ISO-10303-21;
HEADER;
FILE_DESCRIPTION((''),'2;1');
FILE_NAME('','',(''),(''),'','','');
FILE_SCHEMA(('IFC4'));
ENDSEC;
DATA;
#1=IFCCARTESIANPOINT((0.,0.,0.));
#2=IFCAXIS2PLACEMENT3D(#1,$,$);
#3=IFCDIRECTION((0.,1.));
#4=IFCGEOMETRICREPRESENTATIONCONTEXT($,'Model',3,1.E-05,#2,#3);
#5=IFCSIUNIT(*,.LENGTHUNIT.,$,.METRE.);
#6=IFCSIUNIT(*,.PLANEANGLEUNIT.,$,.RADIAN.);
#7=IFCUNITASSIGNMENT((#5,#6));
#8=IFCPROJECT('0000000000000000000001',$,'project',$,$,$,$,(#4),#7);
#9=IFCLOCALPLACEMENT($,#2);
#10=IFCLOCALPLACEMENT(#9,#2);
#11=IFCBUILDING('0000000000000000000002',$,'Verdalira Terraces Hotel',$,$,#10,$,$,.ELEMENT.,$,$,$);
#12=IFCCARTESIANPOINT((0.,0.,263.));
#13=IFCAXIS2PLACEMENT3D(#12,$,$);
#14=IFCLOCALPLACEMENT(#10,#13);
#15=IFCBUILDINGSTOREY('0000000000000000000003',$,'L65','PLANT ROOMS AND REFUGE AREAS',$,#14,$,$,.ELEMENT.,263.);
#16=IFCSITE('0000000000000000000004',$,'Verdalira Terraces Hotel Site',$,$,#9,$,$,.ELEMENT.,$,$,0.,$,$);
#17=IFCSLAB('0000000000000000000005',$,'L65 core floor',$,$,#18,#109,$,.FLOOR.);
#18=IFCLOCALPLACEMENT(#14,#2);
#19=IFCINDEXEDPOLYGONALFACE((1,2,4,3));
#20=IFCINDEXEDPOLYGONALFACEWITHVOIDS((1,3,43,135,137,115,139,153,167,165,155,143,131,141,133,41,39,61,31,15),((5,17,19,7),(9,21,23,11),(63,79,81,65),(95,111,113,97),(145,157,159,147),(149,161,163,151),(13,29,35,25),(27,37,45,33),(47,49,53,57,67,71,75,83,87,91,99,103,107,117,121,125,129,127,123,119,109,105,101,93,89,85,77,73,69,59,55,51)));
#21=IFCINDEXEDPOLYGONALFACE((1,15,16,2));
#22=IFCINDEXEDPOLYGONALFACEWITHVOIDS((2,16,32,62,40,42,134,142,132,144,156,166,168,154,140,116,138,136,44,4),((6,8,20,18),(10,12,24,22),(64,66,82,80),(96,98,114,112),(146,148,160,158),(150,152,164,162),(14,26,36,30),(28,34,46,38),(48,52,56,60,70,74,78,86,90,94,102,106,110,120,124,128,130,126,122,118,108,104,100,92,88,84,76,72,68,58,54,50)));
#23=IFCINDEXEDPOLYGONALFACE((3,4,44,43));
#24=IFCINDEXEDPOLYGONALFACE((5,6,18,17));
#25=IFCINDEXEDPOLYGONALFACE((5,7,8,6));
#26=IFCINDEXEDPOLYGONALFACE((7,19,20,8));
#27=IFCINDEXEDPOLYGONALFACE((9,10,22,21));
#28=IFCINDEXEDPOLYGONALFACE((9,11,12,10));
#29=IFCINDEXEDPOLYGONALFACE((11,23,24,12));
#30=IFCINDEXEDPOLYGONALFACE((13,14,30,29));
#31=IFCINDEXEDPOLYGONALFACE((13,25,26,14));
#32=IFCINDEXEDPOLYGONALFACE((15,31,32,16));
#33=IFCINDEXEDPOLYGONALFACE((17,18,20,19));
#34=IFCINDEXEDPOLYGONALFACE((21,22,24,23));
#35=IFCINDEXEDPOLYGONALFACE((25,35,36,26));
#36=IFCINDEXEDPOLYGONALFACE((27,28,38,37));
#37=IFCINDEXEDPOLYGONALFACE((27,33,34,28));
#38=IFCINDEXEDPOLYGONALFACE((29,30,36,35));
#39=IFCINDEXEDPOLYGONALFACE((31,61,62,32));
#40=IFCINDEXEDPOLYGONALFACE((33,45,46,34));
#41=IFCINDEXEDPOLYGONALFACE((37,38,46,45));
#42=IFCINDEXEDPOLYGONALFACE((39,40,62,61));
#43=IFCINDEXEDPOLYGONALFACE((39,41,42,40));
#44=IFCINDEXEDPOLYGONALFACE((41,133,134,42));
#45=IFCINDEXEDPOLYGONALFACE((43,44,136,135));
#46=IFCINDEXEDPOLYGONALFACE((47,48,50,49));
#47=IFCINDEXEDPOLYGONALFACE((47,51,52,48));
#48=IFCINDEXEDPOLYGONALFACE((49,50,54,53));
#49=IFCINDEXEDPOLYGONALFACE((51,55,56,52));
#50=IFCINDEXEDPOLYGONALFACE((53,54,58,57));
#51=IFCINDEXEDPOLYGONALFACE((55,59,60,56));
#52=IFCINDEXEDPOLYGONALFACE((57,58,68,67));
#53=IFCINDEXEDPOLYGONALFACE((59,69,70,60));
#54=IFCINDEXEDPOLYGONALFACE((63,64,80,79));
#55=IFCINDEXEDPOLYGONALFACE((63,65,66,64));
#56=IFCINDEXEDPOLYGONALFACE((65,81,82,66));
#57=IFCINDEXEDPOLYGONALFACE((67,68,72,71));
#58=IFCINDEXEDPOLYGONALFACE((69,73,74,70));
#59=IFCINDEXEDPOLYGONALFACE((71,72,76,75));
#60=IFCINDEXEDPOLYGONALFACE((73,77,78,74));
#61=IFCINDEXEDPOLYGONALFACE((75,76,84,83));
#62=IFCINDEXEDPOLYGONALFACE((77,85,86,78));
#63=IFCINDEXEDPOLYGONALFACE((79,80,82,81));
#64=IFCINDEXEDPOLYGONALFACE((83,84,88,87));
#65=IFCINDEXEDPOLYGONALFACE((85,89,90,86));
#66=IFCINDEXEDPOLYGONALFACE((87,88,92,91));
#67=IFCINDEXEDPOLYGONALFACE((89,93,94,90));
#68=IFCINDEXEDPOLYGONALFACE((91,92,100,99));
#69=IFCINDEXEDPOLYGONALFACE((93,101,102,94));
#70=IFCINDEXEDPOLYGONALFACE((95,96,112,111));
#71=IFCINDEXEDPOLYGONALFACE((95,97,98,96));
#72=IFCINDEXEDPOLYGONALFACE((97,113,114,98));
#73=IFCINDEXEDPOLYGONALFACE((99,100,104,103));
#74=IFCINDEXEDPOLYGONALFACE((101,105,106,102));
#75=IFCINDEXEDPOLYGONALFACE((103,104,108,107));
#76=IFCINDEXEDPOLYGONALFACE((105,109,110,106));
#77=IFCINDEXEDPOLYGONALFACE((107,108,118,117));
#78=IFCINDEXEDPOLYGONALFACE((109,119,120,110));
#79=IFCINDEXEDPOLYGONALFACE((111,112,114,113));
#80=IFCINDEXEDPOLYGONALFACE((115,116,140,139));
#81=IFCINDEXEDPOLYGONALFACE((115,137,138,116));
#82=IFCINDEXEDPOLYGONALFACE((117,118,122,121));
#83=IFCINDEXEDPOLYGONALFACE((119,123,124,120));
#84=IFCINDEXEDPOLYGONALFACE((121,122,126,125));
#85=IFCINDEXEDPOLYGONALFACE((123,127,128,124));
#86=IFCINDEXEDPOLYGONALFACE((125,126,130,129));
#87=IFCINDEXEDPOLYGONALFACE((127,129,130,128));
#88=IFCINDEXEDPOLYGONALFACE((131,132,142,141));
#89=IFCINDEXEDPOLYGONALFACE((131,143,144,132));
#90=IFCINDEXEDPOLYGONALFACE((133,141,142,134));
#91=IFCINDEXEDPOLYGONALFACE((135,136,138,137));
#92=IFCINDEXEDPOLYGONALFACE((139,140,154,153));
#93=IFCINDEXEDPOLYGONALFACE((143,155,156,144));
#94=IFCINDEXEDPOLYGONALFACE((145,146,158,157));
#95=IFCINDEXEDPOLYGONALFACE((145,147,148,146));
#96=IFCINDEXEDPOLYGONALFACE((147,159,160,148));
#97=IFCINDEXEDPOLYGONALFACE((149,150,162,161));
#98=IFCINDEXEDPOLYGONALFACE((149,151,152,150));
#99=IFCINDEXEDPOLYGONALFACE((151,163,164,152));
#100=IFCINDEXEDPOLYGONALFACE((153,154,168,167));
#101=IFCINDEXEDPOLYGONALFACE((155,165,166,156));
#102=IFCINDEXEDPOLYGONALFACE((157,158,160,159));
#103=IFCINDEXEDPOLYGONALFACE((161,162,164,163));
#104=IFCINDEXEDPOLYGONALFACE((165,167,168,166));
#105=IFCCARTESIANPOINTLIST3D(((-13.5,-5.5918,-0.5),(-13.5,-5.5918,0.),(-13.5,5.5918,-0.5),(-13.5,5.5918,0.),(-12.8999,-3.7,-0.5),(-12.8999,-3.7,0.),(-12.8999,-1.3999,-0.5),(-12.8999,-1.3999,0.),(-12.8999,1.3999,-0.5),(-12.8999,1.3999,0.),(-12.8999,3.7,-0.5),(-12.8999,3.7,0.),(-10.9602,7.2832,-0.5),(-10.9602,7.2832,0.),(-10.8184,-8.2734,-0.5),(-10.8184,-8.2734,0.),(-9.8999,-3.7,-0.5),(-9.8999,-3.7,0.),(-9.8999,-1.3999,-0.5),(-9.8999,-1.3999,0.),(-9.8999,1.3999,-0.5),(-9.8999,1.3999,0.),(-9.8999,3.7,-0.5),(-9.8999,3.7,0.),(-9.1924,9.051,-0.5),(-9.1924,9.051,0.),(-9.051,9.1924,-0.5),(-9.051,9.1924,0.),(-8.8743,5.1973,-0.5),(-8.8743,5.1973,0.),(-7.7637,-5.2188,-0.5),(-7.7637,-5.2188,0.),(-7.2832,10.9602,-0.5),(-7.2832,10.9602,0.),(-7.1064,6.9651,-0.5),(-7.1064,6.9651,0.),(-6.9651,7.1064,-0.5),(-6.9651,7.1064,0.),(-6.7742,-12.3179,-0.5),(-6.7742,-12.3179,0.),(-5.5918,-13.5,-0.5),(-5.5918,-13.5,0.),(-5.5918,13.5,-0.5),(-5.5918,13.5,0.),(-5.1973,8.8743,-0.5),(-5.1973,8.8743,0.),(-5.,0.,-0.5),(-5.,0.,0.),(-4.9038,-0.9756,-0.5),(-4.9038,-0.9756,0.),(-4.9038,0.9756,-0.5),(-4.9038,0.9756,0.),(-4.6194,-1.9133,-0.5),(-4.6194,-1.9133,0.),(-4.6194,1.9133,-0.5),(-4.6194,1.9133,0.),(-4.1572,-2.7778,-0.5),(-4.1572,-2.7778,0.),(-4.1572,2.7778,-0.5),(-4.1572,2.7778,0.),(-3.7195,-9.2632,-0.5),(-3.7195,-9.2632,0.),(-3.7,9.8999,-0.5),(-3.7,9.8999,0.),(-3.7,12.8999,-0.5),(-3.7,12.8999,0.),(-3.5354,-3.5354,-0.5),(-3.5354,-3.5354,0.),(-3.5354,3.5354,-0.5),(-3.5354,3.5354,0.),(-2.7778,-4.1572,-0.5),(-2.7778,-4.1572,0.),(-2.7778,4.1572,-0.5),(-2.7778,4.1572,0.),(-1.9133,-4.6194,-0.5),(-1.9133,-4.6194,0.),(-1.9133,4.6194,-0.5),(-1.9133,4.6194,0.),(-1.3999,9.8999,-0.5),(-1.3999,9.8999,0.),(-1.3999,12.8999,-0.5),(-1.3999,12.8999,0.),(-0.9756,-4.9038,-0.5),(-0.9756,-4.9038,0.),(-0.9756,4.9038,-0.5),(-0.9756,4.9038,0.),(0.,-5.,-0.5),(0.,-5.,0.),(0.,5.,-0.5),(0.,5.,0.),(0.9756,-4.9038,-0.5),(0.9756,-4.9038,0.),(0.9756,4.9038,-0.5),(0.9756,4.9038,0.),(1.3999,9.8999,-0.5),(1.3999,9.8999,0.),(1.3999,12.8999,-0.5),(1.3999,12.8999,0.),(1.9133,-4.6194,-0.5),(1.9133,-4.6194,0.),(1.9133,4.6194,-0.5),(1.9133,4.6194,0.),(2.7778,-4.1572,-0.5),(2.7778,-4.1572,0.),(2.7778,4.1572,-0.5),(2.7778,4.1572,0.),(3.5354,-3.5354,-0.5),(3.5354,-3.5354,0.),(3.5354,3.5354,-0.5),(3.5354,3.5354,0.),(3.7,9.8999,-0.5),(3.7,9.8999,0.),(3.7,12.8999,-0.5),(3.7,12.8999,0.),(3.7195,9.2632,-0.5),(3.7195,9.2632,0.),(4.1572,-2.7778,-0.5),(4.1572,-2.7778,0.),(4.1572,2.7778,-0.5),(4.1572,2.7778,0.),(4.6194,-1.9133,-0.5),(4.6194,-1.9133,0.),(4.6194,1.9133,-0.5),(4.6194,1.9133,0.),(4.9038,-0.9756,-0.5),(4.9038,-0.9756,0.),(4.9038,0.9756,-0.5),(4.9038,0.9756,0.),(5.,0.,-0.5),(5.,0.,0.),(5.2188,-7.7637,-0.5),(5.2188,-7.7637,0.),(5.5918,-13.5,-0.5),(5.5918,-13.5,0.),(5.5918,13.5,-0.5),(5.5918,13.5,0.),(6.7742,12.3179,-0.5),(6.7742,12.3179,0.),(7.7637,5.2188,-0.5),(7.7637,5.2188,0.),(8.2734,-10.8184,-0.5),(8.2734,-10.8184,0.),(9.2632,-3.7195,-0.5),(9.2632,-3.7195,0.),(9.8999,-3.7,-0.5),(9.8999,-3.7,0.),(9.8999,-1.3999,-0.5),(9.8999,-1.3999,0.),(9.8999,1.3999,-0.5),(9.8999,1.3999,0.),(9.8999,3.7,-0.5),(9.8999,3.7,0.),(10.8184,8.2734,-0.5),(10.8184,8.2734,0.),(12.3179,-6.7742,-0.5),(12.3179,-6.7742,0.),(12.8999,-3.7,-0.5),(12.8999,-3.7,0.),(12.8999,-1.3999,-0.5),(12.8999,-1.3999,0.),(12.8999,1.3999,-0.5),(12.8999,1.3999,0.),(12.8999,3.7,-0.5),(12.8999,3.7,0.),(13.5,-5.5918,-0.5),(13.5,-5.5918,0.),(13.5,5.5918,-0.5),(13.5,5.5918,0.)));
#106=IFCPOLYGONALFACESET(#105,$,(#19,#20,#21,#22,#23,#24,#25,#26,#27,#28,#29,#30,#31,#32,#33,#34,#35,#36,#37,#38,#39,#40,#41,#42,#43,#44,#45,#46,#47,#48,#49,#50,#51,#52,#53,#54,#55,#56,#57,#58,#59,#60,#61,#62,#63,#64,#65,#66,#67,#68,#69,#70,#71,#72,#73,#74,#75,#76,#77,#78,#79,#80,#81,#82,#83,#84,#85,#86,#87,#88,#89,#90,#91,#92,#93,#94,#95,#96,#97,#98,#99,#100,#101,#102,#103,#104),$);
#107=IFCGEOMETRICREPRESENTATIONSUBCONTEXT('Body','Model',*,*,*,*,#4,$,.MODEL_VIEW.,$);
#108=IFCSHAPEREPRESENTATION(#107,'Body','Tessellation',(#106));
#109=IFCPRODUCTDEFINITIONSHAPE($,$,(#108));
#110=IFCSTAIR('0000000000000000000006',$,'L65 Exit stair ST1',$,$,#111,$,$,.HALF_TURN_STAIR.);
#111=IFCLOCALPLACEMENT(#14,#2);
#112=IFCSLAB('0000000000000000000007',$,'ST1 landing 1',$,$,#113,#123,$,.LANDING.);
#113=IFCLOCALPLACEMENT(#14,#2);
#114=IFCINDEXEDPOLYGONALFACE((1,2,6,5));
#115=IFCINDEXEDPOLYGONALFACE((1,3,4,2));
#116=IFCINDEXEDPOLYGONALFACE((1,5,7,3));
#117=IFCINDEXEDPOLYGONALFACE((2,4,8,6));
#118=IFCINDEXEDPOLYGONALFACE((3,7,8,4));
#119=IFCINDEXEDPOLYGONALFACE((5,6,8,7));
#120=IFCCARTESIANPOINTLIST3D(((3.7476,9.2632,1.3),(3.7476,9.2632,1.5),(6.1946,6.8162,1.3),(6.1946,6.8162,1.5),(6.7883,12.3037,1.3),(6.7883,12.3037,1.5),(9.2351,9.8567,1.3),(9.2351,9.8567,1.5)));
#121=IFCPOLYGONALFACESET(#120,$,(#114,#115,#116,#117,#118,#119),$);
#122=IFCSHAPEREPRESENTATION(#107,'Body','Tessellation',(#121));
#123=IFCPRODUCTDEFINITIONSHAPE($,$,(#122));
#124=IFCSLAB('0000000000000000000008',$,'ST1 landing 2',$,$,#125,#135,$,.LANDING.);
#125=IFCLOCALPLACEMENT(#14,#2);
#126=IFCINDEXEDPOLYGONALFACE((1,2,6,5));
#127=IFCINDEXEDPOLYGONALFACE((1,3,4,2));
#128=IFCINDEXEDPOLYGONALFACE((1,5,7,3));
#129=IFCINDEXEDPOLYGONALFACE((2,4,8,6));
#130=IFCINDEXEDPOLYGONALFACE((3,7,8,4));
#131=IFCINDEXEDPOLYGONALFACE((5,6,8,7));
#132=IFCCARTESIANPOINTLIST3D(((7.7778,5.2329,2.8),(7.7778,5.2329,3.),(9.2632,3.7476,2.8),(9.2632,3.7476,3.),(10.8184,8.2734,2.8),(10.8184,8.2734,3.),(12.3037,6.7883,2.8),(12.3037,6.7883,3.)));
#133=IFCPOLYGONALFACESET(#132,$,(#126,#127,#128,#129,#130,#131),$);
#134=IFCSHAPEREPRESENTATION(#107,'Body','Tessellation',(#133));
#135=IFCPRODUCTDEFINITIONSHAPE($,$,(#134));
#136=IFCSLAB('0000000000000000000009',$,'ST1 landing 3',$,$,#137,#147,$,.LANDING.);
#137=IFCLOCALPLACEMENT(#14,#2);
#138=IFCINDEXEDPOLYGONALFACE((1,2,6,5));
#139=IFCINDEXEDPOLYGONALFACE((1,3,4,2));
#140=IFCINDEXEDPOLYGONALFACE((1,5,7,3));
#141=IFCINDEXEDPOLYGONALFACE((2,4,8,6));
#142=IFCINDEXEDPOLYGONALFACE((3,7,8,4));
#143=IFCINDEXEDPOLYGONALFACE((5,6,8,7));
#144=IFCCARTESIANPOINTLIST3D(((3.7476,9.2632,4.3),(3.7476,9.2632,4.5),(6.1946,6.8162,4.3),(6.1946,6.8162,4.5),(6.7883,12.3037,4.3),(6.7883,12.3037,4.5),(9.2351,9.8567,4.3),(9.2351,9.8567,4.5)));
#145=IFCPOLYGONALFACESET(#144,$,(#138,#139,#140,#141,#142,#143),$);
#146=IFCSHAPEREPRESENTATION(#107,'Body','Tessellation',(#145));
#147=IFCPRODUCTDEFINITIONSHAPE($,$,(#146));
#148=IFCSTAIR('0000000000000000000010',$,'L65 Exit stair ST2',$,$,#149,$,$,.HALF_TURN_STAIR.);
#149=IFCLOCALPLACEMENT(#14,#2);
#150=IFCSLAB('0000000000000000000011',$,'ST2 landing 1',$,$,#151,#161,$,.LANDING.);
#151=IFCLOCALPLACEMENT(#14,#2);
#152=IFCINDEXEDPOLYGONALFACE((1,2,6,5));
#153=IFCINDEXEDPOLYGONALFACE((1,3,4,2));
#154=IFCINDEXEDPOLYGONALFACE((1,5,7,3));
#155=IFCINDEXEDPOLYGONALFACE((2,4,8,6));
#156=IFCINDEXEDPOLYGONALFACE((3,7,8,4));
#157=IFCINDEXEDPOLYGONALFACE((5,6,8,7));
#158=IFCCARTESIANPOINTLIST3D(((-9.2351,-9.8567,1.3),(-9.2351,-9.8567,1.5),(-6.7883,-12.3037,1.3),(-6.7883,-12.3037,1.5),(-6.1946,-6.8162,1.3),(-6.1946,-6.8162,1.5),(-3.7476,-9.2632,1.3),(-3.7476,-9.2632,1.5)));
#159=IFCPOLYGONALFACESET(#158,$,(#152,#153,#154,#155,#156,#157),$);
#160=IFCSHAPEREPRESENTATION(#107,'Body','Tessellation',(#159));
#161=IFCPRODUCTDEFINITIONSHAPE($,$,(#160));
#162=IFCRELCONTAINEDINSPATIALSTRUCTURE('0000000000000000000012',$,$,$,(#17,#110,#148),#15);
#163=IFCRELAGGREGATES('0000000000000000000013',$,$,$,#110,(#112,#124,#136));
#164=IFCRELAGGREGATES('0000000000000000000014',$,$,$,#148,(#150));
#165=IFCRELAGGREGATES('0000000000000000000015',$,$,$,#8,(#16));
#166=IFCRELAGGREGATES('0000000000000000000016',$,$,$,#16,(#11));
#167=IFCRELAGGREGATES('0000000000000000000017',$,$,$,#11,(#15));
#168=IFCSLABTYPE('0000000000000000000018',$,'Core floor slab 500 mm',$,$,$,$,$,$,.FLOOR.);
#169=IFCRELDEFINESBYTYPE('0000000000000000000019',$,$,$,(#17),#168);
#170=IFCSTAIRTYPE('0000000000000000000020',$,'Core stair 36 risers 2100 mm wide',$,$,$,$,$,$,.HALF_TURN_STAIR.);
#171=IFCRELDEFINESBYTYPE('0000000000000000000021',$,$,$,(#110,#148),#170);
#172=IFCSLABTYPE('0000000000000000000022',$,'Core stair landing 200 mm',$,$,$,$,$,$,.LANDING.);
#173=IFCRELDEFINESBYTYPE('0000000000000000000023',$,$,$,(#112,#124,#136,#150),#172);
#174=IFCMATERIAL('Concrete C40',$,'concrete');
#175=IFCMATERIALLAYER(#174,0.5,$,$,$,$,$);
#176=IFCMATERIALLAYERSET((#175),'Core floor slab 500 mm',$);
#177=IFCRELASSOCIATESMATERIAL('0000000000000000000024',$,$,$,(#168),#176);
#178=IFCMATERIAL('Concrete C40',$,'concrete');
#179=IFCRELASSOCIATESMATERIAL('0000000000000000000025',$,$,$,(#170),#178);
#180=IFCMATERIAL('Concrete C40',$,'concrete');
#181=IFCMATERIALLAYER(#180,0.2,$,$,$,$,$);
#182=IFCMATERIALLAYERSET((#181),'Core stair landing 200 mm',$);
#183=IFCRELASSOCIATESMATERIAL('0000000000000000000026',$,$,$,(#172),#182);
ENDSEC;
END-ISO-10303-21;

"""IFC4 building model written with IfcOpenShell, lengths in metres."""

from ifc_helpers import new_model, si_unit, direction, frame, origin, place, context, subcontext, project, spatial, polyline, outline, extrude, material, layer, layer_set, type_object, element, aggregate, save


model = new_model("IFC4")

# Units and contexts
model_context = context("Model", 3, precision=1e-05, world=origin(), true_north=direction((0.0, 1.0)))
body_context = subcontext(model_context, "Body", "Model", "MODEL_VIEW")
ifc_project = project(units=[si_unit("LENGTHUNIT", "METRE"), si_unit("PLANEANGLEUNIT", "RADIAN")], contexts=[model_context])

# Site, building, storey
site_placement = place(None, origin())
site = spatial("IfcSite", under=ifc_project, at=site_placement, Name="Verdalira Terraces Hotel Site", CompositionType="ELEMENT", RefElevation=0.0)
building_placement = place(site_placement, origin())
building = spatial("IfcBuilding", under=site, at=building_placement, Name="Verdalira Terraces Hotel", CompositionType="ELEMENT")
storey_placement = place(building_placement, frame((0.0, 0.0, 263.0)))
storey = spatial("IfcBuildingStorey", under=building, at=storey_placement, Name="L65", Description="PLANT ROOMS AND REFUGE AREAS", CompositionType="ELEMENT", Elevation=263.0)

# Slab
ifc_material_1 = material(Name="Concrete C40", Category="concrete")
ifc_layer_1 = layer(ifc_material_1, 0.5)
ifc_layer_set_1 = layer_set([ifc_layer_1], Name="Core floor slab 500 mm")
slab_type_1 = type_object("IfcSlabType", Name="Core floor slab 500 mm", PredefinedType="FLOOR", material=ifc_layer_set_1)
slab_1_placement = place(storey_placement, frame((0.0, 0.0, -0.5)))
element("IfcSlab", 1, at=slab_1_placement, inside=storey, type_object=slab_type_1, Name="L65 core floor", PredefinedType="FLOOR", context=body_context, shape_type="SweptSolid", body=[
    extrude(outline(polyline([(-6.7742, -12.3179), (-3.7195, -9.2632), (-7.7637, -5.2188), (-10.8184, -8.2734), (-13.5, -5.5918), (-13.5, 5.5918), (-5.5918, 13.5), (5.5918, 13.5), (6.7742, 12.3179), (3.7195, 9.2632), (7.7637, 5.2188), (10.8184, 8.2734), (13.5, 5.5918), (13.5, -5.5918), (12.3179, -6.7742), (9.2632, -3.7195), (5.2188, -7.7637), (8.2734, -10.8184), (5.5918, -13.5), (-5.5918, -13.5), (-6.7742, -12.3179)]), holes=[polyline([(9.8999, -1.3999), (9.8999, -3.7), (12.8999, -3.7), (12.8999, -1.3999), (9.8999, -1.3999)]), polyline([(9.8999, 3.7), (9.8999, 1.3999), (12.8999, 1.3999), (12.8999, 3.7), (9.8999, 3.7)]), polyline([(3.7, 12.8999), (1.3999, 12.8999), (1.3999, 9.8999), (3.7, 9.8999), (3.7, 12.8999)]), polyline([(-1.3999, 12.8999), (-3.7, 12.8999), (-3.7, 9.8999), (-1.3999, 9.8999), (-1.3999, 12.8999)]), polyline([(-9.8999, 1.3999), (-9.8999, 3.7), (-12.8999, 3.7), (-12.8999, 1.3999), (-9.8999, 1.3999)]), polyline([(-9.8999, -3.7), (-9.8999, -1.3999), (-12.8999, -1.3999), (-12.8999, -3.7), (-9.8999, -3.7)]), polyline([(-9.051, 9.1924), (-6.9651, 7.1064), (-5.1973, 8.8743), (-7.2832, 10.9602), (-9.051, 9.1924)]), polyline([(-9.1924, 9.051), (-10.9602, 7.2832), (-8.8743, 5.1973), (-7.1064, 6.9651), (-9.1924, 9.051)]), polyline([(3.5354, 3.5354), (2.7778, 4.1572), (1.9133, 4.6194), (0.9756, 4.9038), (0.0, 5.0), (-0.9756, 4.9038), (-1.9133, 4.6194), (-2.7778, 4.1572), (-3.5354, 3.5354), (-4.1572, 2.7778), (-4.6194, 1.9133), (-4.9038, 0.9756), (-5.0, 0.0), (-4.9038, -0.9756), (-4.6194, -1.9133), (-4.1572, -2.7778), (-3.5354, -3.5354), (-2.7778, -4.1572), (-1.9133, -4.6194), (-0.9756, -4.9038), (0.0, -5.0), (0.9756, -4.9038), (1.9133, -4.6194), (2.7778, -4.1572), (3.5354, -3.5354), (4.1572, -2.7778), (4.6194, -1.9133), (4.9038, -0.9756), (5.0, 0.0), (4.9038, 0.9756), (4.6194, 1.9133), (4.1572, 2.7778), (3.5354, 3.5354)])]), origin(), (0.0, 0.0, 1.0), 0.5),
])

# Stair, slabs
ifc_material_2 = material(Name="Concrete C40", Category="concrete")
stair_type = type_object("IfcStairType", Name="Core stair 36 risers 2100 mm wide", PredefinedType="HALF_TURN_STAIR", material=ifc_material_2)
stair_1_placement = place(storey_placement, origin())
stair_1 = element("IfcStair", 2, at=stair_1_placement, inside=storey, type_object=stair_type, Name="L65 Exit stair ST1", PredefinedType="HALF_TURN_STAIR")
ifc_material_3 = material(Name="Concrete C40", Category="concrete")
ifc_layer_2 = layer(ifc_material_3, 0.2)
ifc_layer_set_2 = layer_set([ifc_layer_2], Name="Core stair landing 200 mm")
slab_type_2 = type_object("IfcSlabType", Name="Core stair landing 200 mm", PredefinedType="LANDING", material=ifc_layer_set_2)
slab_2_placement = place(storey_placement, frame((0.0, 0.0, 1.3)))
slab_2 = element("IfcSlab", 3, at=slab_2_placement, type_object=slab_type_2, Name="ST1 landing 1", PredefinedType="LANDING", context=body_context, shape_type="SweptSolid", body=[
    extrude(outline(polyline([(9.2351, 9.8567), (6.7883, 12.3037), (3.7476, 9.2632), (6.1946, 6.8162), (9.2351, 9.8567)])), origin(), (0.0, 0.0, 1.0), 0.2),
])
slab_3_placement = place(storey_placement, frame((0.0, 0.0, 2.8)))
slab_3 = element("IfcSlab", 4, at=slab_3_placement, type_object=slab_type_2, Name="ST1 landing 2", PredefinedType="LANDING", context=body_context, shape_type="SweptSolid", body=[
    extrude(outline(polyline([(12.3037, 6.7883), (10.8184, 8.2734), (7.7778, 5.2329), (9.2632, 3.7476), (12.3037, 6.7883)])), origin(), (0.0, 0.0, 1.0), 0.2),
])
slab_4_placement = place(storey_placement, frame((0.0, 0.0, 4.3)))
slab_4 = element("IfcSlab", 5, at=slab_4_placement, type_object=slab_type_2, Name="ST1 landing 3", PredefinedType="LANDING", context=body_context, shape_type="SweptSolid", body=[
    extrude(outline(polyline([(9.2351, 9.8567), (6.7883, 12.3037), (3.7476, 9.2632), (6.1946, 6.8162), (9.2351, 9.8567)])), origin(), (0.0, 0.0, 1.0), 0.2),
])
aggregate(stair_1, [slab_2, slab_3, slab_4])

# Stair, slab
stair_2_placement = place(storey_placement, origin())
stair_2 = element("IfcStair", 6, at=stair_2_placement, inside=storey, type_object=stair_type, Name="L65 Exit stair ST2", PredefinedType="HALF_TURN_STAIR")
slab_5_placement = place(storey_placement, frame((0.0, 0.0, 1.3)))
slab_5 = element("IfcSlab", 7, at=slab_5_placement, type_object=slab_type_2, Name="ST2 landing 1", PredefinedType="LANDING", context=body_context, shape_type="SweptSolid", body=[
    extrude(outline(polyline([(-9.2351, -9.8567), (-6.7883, -12.3037), (-3.7476, -9.2632), (-6.1946, -6.8162), (-9.2351, -9.8567)])), origin(), (0.0, 0.0, 1.0), 0.2),
])
aggregate(stair_2, [slab_5])

save(model, "model.ifc")
